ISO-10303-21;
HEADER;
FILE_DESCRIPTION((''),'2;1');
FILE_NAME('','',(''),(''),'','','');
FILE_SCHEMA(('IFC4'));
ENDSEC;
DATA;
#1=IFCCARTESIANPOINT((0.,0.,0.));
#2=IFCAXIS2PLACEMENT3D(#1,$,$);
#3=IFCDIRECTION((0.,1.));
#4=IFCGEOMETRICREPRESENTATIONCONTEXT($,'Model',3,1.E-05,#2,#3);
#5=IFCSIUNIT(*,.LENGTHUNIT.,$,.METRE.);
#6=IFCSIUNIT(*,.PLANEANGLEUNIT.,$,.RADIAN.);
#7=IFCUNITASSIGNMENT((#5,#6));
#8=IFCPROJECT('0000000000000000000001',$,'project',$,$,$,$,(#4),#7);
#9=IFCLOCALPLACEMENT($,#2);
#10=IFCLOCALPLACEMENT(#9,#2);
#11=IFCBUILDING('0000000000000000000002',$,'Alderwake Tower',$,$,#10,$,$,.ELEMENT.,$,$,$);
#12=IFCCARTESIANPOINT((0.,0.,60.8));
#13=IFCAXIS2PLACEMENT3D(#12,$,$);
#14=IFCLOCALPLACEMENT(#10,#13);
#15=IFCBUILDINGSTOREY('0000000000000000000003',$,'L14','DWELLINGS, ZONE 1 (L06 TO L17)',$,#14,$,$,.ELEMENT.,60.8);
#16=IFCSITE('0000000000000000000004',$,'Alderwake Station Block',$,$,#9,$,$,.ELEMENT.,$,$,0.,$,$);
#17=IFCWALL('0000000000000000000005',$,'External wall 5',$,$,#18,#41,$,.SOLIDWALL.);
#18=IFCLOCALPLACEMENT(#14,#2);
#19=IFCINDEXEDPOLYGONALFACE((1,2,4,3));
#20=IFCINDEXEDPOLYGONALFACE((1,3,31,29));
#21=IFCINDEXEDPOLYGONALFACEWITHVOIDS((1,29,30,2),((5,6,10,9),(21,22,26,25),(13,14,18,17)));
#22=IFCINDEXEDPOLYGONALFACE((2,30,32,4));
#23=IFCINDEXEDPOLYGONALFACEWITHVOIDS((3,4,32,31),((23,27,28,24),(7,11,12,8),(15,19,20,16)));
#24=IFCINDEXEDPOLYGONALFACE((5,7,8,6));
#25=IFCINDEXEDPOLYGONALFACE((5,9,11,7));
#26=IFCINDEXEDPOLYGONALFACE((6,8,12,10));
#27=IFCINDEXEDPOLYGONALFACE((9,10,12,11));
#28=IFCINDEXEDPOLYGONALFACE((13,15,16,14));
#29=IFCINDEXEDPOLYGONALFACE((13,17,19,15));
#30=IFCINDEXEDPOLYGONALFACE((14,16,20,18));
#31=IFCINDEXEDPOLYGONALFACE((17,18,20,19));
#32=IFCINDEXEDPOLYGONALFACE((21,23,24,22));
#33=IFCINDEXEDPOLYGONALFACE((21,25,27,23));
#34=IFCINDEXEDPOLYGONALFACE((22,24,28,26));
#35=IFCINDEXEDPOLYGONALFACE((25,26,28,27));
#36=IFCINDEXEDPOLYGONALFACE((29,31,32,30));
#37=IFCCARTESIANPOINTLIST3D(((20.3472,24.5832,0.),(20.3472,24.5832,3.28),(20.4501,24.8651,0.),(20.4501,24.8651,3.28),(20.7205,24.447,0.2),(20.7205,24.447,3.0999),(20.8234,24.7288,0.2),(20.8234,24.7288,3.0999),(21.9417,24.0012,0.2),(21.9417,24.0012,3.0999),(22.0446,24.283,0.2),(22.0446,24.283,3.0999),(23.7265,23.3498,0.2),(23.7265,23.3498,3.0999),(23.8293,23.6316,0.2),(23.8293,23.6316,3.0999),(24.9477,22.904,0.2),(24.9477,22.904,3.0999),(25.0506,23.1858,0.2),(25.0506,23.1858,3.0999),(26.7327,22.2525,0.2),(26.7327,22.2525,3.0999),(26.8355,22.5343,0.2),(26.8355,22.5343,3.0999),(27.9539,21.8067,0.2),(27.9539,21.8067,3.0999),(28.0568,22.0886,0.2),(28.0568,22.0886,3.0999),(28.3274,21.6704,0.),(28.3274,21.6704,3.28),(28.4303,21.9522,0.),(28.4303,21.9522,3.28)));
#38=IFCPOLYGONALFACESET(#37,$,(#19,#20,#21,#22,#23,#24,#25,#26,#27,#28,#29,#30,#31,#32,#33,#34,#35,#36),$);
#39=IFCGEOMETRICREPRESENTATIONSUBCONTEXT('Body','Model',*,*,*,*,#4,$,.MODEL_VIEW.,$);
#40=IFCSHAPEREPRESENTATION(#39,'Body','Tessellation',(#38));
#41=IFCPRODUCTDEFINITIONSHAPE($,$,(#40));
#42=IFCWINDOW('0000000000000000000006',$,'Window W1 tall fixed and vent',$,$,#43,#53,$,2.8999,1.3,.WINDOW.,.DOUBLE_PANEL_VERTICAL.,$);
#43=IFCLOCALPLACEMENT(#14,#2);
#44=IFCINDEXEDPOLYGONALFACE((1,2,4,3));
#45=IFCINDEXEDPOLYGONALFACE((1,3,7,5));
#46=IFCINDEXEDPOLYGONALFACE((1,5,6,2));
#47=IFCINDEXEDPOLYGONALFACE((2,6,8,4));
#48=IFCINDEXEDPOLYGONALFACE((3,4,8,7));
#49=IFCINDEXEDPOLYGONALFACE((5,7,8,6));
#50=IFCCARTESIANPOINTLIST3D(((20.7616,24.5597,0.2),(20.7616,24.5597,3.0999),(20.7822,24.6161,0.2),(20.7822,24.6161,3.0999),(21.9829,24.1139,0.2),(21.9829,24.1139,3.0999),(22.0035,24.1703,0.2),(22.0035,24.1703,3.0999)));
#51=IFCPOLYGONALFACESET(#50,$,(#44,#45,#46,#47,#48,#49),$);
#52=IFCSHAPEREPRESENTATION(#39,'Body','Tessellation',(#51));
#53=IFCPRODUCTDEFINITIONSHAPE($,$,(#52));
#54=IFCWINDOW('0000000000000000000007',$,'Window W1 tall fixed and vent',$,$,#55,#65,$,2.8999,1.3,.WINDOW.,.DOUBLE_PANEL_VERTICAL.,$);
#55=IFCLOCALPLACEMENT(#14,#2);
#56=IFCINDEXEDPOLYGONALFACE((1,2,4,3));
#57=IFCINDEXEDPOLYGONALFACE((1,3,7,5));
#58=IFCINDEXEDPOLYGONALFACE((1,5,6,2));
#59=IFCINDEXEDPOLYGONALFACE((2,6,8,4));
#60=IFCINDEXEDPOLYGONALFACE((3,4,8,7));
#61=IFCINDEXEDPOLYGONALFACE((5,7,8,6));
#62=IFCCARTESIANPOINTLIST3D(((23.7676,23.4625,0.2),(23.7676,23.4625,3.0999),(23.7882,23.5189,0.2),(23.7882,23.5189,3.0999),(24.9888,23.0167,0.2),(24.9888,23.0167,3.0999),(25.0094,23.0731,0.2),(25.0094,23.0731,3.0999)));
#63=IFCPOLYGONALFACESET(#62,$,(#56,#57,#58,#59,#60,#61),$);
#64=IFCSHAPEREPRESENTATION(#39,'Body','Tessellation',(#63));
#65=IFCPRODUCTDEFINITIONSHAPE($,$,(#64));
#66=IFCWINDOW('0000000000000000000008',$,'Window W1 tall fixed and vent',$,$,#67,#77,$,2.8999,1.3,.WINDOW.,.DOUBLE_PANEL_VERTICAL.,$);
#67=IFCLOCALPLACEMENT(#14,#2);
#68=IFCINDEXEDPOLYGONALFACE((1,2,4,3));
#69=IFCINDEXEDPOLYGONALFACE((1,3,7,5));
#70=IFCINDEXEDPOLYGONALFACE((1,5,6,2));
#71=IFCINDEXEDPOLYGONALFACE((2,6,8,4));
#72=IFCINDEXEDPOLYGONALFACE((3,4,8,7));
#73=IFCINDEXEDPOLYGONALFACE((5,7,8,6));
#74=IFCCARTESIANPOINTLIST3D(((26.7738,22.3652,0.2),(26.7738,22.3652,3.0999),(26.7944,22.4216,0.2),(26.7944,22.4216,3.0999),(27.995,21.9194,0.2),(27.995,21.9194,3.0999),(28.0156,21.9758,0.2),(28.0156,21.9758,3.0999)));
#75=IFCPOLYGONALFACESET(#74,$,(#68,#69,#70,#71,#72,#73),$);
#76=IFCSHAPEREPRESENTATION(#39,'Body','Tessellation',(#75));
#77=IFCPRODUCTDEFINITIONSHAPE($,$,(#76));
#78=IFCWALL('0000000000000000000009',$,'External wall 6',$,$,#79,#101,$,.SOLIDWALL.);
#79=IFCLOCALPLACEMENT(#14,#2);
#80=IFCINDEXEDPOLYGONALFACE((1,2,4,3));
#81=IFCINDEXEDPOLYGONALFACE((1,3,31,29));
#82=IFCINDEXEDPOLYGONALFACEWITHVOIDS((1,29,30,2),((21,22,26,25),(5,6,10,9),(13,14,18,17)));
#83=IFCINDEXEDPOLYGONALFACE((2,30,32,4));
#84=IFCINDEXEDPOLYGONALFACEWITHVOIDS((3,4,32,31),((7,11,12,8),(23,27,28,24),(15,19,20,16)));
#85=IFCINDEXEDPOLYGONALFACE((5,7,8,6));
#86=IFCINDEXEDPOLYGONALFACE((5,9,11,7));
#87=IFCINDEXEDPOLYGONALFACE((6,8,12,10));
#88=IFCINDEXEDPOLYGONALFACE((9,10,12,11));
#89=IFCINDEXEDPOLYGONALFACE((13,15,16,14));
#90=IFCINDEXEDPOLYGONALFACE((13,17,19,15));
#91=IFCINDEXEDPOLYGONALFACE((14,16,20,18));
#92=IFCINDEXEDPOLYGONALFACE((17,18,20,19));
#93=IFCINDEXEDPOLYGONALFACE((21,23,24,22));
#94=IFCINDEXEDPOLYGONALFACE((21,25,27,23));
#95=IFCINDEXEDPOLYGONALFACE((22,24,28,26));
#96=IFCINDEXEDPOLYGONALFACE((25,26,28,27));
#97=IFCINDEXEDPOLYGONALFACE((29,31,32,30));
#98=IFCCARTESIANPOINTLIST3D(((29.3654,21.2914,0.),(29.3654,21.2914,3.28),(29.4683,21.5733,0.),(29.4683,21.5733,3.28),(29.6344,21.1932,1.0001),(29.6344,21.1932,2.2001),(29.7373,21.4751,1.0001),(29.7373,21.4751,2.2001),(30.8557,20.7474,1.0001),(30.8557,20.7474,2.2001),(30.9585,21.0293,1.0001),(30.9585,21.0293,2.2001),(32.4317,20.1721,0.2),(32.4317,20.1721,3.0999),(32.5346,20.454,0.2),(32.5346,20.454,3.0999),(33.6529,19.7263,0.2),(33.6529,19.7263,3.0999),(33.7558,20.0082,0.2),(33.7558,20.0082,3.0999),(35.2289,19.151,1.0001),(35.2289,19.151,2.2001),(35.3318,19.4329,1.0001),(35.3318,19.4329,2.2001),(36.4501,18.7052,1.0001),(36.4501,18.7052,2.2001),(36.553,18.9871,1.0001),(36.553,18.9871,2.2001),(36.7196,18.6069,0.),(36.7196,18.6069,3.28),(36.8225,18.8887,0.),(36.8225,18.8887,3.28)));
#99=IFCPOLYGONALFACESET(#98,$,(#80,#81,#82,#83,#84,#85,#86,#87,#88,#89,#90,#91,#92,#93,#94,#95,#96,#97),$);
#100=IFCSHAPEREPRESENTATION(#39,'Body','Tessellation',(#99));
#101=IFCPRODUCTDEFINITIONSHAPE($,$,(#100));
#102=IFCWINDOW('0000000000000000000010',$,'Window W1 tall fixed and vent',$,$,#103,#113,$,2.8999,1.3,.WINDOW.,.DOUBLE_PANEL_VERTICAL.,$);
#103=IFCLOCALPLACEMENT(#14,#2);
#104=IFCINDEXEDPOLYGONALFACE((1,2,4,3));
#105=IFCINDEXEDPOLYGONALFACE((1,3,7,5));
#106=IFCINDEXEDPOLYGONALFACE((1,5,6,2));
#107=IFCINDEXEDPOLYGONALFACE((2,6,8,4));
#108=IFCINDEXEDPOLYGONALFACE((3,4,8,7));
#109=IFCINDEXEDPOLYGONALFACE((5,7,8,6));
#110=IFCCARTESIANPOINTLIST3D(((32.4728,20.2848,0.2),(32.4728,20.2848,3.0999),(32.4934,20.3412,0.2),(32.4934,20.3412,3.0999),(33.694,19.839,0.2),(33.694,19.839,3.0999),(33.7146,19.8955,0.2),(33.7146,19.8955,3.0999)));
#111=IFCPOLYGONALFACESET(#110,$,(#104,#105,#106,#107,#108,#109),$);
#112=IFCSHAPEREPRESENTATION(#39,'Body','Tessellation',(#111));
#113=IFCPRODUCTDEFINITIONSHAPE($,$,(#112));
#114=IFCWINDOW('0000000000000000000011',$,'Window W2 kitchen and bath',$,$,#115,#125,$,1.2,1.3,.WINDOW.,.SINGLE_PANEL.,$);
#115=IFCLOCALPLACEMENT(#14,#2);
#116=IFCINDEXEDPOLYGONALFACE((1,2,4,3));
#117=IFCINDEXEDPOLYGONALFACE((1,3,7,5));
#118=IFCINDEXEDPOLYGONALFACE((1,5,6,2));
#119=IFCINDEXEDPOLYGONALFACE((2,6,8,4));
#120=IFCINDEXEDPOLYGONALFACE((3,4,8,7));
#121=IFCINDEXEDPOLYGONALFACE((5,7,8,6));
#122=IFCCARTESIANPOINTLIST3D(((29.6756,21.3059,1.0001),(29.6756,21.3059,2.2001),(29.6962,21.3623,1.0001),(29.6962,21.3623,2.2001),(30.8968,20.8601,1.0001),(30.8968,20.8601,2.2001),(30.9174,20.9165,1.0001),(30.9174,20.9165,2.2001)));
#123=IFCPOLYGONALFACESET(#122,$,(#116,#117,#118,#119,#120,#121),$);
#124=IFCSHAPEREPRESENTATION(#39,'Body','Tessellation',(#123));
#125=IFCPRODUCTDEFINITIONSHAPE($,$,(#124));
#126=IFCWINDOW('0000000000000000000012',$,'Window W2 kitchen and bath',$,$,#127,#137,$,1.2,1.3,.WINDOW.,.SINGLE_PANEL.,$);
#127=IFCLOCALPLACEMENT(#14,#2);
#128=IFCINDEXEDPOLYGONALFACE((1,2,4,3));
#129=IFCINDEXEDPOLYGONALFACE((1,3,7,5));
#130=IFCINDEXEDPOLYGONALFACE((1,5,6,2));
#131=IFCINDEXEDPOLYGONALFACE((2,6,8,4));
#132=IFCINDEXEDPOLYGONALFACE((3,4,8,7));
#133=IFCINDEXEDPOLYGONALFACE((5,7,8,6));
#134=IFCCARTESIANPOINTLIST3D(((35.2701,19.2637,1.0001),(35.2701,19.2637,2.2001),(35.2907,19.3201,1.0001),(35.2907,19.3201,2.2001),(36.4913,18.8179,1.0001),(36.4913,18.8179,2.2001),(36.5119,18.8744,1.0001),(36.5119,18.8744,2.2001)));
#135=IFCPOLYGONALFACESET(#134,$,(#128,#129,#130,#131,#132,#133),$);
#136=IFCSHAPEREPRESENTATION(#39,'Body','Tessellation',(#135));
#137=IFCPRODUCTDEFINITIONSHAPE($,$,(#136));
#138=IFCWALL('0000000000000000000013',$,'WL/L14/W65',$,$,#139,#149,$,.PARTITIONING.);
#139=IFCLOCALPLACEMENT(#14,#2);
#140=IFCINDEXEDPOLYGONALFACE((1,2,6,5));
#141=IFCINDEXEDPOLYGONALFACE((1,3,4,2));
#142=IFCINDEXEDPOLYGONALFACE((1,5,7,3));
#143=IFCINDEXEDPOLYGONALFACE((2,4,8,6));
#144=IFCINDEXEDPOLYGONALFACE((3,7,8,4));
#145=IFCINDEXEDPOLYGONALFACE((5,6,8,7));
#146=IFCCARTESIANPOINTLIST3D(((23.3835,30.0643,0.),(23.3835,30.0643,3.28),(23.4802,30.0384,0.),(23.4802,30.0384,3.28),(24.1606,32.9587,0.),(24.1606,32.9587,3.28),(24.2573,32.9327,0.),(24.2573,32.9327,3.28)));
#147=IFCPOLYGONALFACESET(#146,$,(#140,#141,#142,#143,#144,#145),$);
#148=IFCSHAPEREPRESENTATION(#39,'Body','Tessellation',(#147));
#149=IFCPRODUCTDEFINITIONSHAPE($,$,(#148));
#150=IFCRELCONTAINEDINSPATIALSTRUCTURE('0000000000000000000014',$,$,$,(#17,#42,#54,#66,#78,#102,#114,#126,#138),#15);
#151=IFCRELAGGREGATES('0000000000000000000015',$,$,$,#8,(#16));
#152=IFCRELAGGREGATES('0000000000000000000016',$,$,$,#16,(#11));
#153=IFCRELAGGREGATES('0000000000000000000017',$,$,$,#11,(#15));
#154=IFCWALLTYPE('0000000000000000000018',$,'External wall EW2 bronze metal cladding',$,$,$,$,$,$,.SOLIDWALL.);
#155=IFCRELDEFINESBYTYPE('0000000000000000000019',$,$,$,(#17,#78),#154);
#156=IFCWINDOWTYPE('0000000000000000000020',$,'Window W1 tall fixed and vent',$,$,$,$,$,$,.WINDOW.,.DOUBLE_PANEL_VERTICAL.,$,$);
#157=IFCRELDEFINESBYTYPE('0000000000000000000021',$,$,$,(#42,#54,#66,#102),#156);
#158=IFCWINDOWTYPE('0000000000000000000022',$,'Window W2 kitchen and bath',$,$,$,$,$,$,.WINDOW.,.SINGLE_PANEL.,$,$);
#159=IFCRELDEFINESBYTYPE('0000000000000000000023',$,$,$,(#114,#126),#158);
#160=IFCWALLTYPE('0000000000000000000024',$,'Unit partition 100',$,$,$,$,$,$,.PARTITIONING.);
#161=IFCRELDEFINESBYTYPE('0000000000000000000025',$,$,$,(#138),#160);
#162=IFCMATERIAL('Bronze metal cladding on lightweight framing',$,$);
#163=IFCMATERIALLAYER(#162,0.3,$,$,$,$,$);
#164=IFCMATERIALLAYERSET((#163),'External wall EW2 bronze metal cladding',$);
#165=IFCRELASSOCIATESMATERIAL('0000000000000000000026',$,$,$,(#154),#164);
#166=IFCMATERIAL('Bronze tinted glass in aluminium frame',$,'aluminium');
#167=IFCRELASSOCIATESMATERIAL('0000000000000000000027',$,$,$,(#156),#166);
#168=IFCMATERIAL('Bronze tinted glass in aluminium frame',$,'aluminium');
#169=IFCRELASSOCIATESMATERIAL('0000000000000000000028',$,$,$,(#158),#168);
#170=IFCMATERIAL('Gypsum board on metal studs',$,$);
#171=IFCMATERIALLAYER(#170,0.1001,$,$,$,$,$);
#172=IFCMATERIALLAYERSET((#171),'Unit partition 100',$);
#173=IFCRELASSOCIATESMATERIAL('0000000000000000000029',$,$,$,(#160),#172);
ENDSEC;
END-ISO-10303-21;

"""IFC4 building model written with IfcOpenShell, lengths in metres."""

from ifc_helpers import new_model, si_unit, direction, frame, frame_2d, origin, place, context, subcontext, project, spatial, rectangle, extrude, material, layer, layer_set, type_object, element, fill, save


model = new_model("IFC4")

# Units and contexts
model_context = context("Model", 3, precision=1e-05, world=origin(), true_north=direction((0.0, 1.0)))
body_context = subcontext(model_context, "Body", "Model", "MODEL_VIEW")
ifc_project = project(units=[si_unit("LENGTHUNIT", "METRE"), si_unit("PLANEANGLEUNIT", "RADIAN")], contexts=[model_context])

# Site, building, storey
site_placement = place(None, origin())
site = spatial("IfcSite", under=ifc_project, at=site_placement, Name="Alderwake Station Block", CompositionType="ELEMENT", RefElevation=0.0)
building_placement = place(site_placement, origin())
building = spatial("IfcBuilding", under=site, at=building_placement, Name="Alderwake Tower", CompositionType="ELEMENT")
storey_placement = place(building_placement, frame((0.0, 0.0, 60.8)))
storey = spatial("IfcBuildingStorey", under=building, at=storey_placement, Name="L14", Description="DWELLINGS, ZONE 1 (L06 TO L17)", CompositionType="ELEMENT", Elevation=60.8)

# Shared definitions
ifc_material_1 = material(Name="Bronze metal cladding on lightweight framing")
ifc_layer_1 = layer(ifc_material_1, 0.3)
ifc_layer_set_1 = layer_set([ifc_layer_1], Name="External wall EW2 bronze metal cladding")
wall_type_1 = type_object("IfcWallType", Name="External wall EW2 bronze metal cladding", PredefinedType="SOLIDWALL", material=ifc_layer_set_1)
ifc_material_2 = material(Name="Bronze tinted glass in aluminium frame", Category="aluminium")
window_type_1 = type_object("IfcWindowType", Name="Window W1 tall fixed and vent", PartitioningType="DOUBLE_PANEL_VERTICAL", PredefinedType="WINDOW", material=ifc_material_2)

# Walls, openings, windows
wall_1_placement = place(storey_placement, frame((20.3987, 24.7241, 0.0), z_axis=(0.0, 0.0, 1.0), x_axis=(0.939379, -0.34288, 0.0)))
wall_1 = element("IfcWall", 1, at=wall_1_placement, inside=storey, type_object=wall_type_1, Name="External wall 5", PredefinedType="SOLIDWALL", context=body_context, shape_type="SweptSolid", body=[
    extrude(rectangle(XDim=8.4951, YDim=0.3, at=frame_2d((4.2476, 0.0))), origin(), (0.0, 0.0, 1.0), 3.28),
])
opening_1_placement = place(wall_1_placement, frame((0.3975, 0.0, 0.2)))
opening_1 = element("IfcOpeningElement", 2, at=opening_1_placement, cuts=wall_1, PredefinedType="OPENING", context=body_context, shape_type="SweptSolid", body=[
    extrude(rectangle(XDim=1.3, YDim=2.8999, at=frame_2d((0.6499, 1.45))), frame((0.0, 0.1599, 0.0), z_axis=(0.0, -1.0, 0.0), x_axis=(1.0, 0.0, 0.0)), (0.0, 0.0, 1.0), 0.3201),
])
opening_2_placement = place(wall_1_placement, frame((3.5974, 0.0, 0.2)))
opening_2 = element("IfcOpeningElement", 3, at=opening_2_placement, cuts=wall_1, PredefinedType="OPENING", context=body_context, shape_type="SweptSolid", body=[
    extrude(rectangle(XDim=1.3, YDim=2.8999, at=frame_2d((0.6499, 1.45))), frame((0.0, 0.1599, 0.0), z_axis=(0.0, -1.0, 0.0), x_axis=(1.0, 0.0, 0.0)), (0.0, 0.0, 1.0), 0.3201),
])
opening_3_placement = place(wall_1_placement, frame((6.7976, 0.0, 0.2)))
opening_3 = element("IfcOpeningElement", 4, at=opening_3_placement, cuts=wall_1, PredefinedType="OPENING", context=body_context, shape_type="SweptSolid", body=[
    extrude(rectangle(XDim=1.3, YDim=2.8999, at=frame_2d((0.6499, 1.45))), frame((0.0, 0.1599, 0.0), z_axis=(0.0, -1.0, 0.0), x_axis=(1.0, 0.0, 0.0)), (0.0, 0.0, 1.0), 0.3201),
])
window_1_placement = place(opening_1_placement, origin())
window_1 = element("IfcWindow", 5, at=window_1_placement, inside=storey, type_object=window_type_1, Name="Window W1 tall fixed and vent", OverallHeight=2.8999, OverallWidth=1.3, PartitioningType="DOUBLE_PANEL_VERTICAL", PredefinedType="WINDOW", context=body_context, shape_type="SweptSolid", body=[
    extrude(rectangle(XDim=1.3, YDim=2.8999, at=frame_2d((0.6499, 1.45))), frame((0.0, 0.03, 0.0), z_axis=(0.0, -1.0, 0.0), x_axis=(1.0, 0.0, 0.0)), (0.0, 0.0, 1.0), 0.0601),
])
fill(opening_1, window_1)
window_2_placement = place(opening_2_placement, origin())
window_2 = element("IfcWindow", 6, at=window_2_placement, inside=storey, type_object=window_type_1, Name="Window W1 tall fixed and vent", OverallHeight=2.8999, OverallWidth=1.3, PartitioningType="DOUBLE_PANEL_VERTICAL", PredefinedType="WINDOW", context=body_context, shape_type="SweptSolid", body=[
    extrude(rectangle(XDim=1.3, YDim=2.8999, at=frame_2d((0.6499, 1.45))), frame((0.0, 0.03, 0.0), z_axis=(0.0, -1.0, 0.0), x_axis=(1.0, 0.0, 0.0)), (0.0, 0.0, 1.0), 0.0601),
])
fill(opening_2, window_2)
window_3_placement = place(opening_3_placement, origin())
window_3 = element("IfcWindow", 7, at=window_3_placement, inside=storey, type_object=window_type_1, Name="Window W1 tall fixed and vent", OverallHeight=2.8999, OverallWidth=1.3, PartitioningType="DOUBLE_PANEL_VERTICAL", PredefinedType="WINDOW", context=body_context, shape_type="SweptSolid", body=[
    extrude(rectangle(XDim=1.3, YDim=2.8999, at=frame_2d((0.6499, 1.45))), frame((0.0, 0.03, 0.0), z_axis=(0.0, -1.0, 0.0), x_axis=(1.0, 0.0, 0.0)), (0.0, 0.0, 1.0), 0.0601),
])
fill(opening_3, window_3)
wall_2_placement = place(storey_placement, frame((29.4167, 21.4324, 0.0), z_axis=(0.0, 0.0, 1.0), x_axis=(0.93937, -0.342905, 0.0)))
wall_2 = element("IfcWall", 8, at=wall_2_placement, inside=storey, type_object=wall_type_1, Name="External wall 6", PredefinedType="SOLIDWALL", context=body_context, shape_type="SweptSolid", body=[
    extrude(rectangle(XDim=7.8289, YDim=0.3, at=frame_2d((3.9146, 0.0))), origin(), (0.0, 0.0, 1.0), 3.28),
])
opening_4_placement = place(wall_2_placement, frame((0.2866, 0.0, 1.0)))
opening_4 = element("IfcOpeningElement", 9, at=opening_4_placement, cuts=wall_2, PredefinedType="OPENING", context=body_context, shape_type="SweptSolid", body=[
    extrude(rectangle(XDim=1.3, YDim=1.2, at=frame_2d((0.6499, 0.6001))), frame((0.0, 0.1599, 0.0), z_axis=(0.0, -1.0, 0.0), x_axis=(1.0, 0.0, 0.0)), (0.0, 0.0, 1.0), 0.3201),
])
opening_5_placement = place(wall_2_placement, frame((3.2644, 0.0, 0.2)))
opening_5 = element("IfcOpeningElement", 10, at=opening_5_placement, cuts=wall_2, PredefinedType="OPENING", context=body_context, shape_type="SweptSolid", body=[
    extrude(rectangle(XDim=1.3, YDim=2.8999, at=frame_2d((0.6499, 1.45))), frame((0.0, 0.1599, 0.0), z_axis=(0.0, -1.0, 0.0), x_axis=(1.0, 0.0, 0.0)), (0.0, 0.0, 1.0), 0.3201),
])
opening_6_placement = place(wall_2_placement, frame((6.2422, 0.0, 1.0)))
opening_6 = element("IfcOpeningElement", 11, at=opening_6_placement, cuts=wall_2, PredefinedType="OPENING", context=body_context, shape_type="SweptSolid", body=[
    extrude(rectangle(XDim=1.3, YDim=1.2, at=frame_2d((0.6499, 0.6001))), frame((0.0, 0.1599, 0.0), z_axis=(0.0, -1.0, 0.0), x_axis=(1.0, 0.0, 0.0)), (0.0, 0.0, 1.0), 0.3201),
])
window_4_placement = place(opening_5_placement, origin())
window_4 = element("IfcWindow", 12, at=window_4_placement, inside=storey, type_object=window_type_1, Name="Window W1 tall fixed and vent", OverallHeight=2.8999, OverallWidth=1.3, PartitioningType="DOUBLE_PANEL_VERTICAL", PredefinedType="WINDOW", context=body_context, shape_type="SweptSolid", body=[
    extrude(rectangle(XDim=1.3, YDim=2.8999, at=frame_2d((0.6499, 1.45))), frame((0.0, 0.03, 0.0), z_axis=(0.0, -1.0, 0.0), x_axis=(1.0, 0.0, 0.0)), (0.0, 0.0, 1.0), 0.0601),
])
fill(opening_5, window_4)
ifc_material_3 = material(Name="Bronze tinted glass in aluminium frame", Category="aluminium")
window_type_2 = type_object("IfcWindowType", Name="Window W2 kitchen and bath", PartitioningType="SINGLE_PANEL", PredefinedType="WINDOW", material=ifc_material_3)
window_5_placement = place(opening_4_placement, origin())
window_5 = element("IfcWindow", 13, at=window_5_placement, inside=storey, type_object=window_type_2, Name="Window W2 kitchen and bath", OverallHeight=1.2, OverallWidth=1.3, PartitioningType="SINGLE_PANEL", PredefinedType="WINDOW", context=body_context, shape_type="SweptSolid", body=[
    extrude(rectangle(XDim=1.3, YDim=1.2, at=frame_2d((0.6499, 0.6001))), frame((0.0, 0.03, 0.0), z_axis=(0.0, -1.0, 0.0), x_axis=(1.0, 0.0, 0.0)), (0.0, 0.0, 1.0), 0.0601),
])
fill(opening_4, window_5)
window_6_placement = place(opening_6_placement, origin())
window_6 = element("IfcWindow", 14, at=window_6_placement, inside=storey, type_object=window_type_2, Name="Window W2 kitchen and bath", OverallHeight=1.2, OverallWidth=1.3, PartitioningType="SINGLE_PANEL", PredefinedType="WINDOW", context=body_context, shape_type="SweptSolid", body=[
    extrude(rectangle(XDim=1.3, YDim=1.2, at=frame_2d((0.6499, 0.6001))), frame((0.0, 0.03, 0.0), z_axis=(0.0, -1.0, 0.0), x_axis=(1.0, 0.0, 0.0)), (0.0, 0.0, 1.0), 0.0601),
])
fill(opening_6, window_6)

# Wall
ifc_material_4 = material(Name="Gypsum board on metal studs")
ifc_layer_2 = layer(ifc_material_4, 0.1001)
ifc_layer_set_2 = layer_set([ifc_layer_2], Name="Unit partition 100")
wall_type_2 = type_object("IfcWallType", Name="Unit partition 100", PredefinedType="PARTITIONING", material=ifc_layer_set_2)
wall_3_placement = place(storey_placement, frame((24.209, 32.9458, 0.0), z_axis=(0.0, 0.0, 1.0), x_axis=(-0.25931, -0.965794, 0.0)))
element("IfcWall", 15, at=wall_3_placement, inside=storey, type_object=wall_type_2, Name="WL/L14/W65", PredefinedType="PARTITIONING", context=body_context, shape_type="SweptSolid", body=[
    extrude(rectangle(XDim=2.9968, YDim=0.1001, at=frame_2d((1.4985, 0.0))), origin(), (0.0, 0.0, 1.0), 3.28),
])

save(model, "model.ifc")
